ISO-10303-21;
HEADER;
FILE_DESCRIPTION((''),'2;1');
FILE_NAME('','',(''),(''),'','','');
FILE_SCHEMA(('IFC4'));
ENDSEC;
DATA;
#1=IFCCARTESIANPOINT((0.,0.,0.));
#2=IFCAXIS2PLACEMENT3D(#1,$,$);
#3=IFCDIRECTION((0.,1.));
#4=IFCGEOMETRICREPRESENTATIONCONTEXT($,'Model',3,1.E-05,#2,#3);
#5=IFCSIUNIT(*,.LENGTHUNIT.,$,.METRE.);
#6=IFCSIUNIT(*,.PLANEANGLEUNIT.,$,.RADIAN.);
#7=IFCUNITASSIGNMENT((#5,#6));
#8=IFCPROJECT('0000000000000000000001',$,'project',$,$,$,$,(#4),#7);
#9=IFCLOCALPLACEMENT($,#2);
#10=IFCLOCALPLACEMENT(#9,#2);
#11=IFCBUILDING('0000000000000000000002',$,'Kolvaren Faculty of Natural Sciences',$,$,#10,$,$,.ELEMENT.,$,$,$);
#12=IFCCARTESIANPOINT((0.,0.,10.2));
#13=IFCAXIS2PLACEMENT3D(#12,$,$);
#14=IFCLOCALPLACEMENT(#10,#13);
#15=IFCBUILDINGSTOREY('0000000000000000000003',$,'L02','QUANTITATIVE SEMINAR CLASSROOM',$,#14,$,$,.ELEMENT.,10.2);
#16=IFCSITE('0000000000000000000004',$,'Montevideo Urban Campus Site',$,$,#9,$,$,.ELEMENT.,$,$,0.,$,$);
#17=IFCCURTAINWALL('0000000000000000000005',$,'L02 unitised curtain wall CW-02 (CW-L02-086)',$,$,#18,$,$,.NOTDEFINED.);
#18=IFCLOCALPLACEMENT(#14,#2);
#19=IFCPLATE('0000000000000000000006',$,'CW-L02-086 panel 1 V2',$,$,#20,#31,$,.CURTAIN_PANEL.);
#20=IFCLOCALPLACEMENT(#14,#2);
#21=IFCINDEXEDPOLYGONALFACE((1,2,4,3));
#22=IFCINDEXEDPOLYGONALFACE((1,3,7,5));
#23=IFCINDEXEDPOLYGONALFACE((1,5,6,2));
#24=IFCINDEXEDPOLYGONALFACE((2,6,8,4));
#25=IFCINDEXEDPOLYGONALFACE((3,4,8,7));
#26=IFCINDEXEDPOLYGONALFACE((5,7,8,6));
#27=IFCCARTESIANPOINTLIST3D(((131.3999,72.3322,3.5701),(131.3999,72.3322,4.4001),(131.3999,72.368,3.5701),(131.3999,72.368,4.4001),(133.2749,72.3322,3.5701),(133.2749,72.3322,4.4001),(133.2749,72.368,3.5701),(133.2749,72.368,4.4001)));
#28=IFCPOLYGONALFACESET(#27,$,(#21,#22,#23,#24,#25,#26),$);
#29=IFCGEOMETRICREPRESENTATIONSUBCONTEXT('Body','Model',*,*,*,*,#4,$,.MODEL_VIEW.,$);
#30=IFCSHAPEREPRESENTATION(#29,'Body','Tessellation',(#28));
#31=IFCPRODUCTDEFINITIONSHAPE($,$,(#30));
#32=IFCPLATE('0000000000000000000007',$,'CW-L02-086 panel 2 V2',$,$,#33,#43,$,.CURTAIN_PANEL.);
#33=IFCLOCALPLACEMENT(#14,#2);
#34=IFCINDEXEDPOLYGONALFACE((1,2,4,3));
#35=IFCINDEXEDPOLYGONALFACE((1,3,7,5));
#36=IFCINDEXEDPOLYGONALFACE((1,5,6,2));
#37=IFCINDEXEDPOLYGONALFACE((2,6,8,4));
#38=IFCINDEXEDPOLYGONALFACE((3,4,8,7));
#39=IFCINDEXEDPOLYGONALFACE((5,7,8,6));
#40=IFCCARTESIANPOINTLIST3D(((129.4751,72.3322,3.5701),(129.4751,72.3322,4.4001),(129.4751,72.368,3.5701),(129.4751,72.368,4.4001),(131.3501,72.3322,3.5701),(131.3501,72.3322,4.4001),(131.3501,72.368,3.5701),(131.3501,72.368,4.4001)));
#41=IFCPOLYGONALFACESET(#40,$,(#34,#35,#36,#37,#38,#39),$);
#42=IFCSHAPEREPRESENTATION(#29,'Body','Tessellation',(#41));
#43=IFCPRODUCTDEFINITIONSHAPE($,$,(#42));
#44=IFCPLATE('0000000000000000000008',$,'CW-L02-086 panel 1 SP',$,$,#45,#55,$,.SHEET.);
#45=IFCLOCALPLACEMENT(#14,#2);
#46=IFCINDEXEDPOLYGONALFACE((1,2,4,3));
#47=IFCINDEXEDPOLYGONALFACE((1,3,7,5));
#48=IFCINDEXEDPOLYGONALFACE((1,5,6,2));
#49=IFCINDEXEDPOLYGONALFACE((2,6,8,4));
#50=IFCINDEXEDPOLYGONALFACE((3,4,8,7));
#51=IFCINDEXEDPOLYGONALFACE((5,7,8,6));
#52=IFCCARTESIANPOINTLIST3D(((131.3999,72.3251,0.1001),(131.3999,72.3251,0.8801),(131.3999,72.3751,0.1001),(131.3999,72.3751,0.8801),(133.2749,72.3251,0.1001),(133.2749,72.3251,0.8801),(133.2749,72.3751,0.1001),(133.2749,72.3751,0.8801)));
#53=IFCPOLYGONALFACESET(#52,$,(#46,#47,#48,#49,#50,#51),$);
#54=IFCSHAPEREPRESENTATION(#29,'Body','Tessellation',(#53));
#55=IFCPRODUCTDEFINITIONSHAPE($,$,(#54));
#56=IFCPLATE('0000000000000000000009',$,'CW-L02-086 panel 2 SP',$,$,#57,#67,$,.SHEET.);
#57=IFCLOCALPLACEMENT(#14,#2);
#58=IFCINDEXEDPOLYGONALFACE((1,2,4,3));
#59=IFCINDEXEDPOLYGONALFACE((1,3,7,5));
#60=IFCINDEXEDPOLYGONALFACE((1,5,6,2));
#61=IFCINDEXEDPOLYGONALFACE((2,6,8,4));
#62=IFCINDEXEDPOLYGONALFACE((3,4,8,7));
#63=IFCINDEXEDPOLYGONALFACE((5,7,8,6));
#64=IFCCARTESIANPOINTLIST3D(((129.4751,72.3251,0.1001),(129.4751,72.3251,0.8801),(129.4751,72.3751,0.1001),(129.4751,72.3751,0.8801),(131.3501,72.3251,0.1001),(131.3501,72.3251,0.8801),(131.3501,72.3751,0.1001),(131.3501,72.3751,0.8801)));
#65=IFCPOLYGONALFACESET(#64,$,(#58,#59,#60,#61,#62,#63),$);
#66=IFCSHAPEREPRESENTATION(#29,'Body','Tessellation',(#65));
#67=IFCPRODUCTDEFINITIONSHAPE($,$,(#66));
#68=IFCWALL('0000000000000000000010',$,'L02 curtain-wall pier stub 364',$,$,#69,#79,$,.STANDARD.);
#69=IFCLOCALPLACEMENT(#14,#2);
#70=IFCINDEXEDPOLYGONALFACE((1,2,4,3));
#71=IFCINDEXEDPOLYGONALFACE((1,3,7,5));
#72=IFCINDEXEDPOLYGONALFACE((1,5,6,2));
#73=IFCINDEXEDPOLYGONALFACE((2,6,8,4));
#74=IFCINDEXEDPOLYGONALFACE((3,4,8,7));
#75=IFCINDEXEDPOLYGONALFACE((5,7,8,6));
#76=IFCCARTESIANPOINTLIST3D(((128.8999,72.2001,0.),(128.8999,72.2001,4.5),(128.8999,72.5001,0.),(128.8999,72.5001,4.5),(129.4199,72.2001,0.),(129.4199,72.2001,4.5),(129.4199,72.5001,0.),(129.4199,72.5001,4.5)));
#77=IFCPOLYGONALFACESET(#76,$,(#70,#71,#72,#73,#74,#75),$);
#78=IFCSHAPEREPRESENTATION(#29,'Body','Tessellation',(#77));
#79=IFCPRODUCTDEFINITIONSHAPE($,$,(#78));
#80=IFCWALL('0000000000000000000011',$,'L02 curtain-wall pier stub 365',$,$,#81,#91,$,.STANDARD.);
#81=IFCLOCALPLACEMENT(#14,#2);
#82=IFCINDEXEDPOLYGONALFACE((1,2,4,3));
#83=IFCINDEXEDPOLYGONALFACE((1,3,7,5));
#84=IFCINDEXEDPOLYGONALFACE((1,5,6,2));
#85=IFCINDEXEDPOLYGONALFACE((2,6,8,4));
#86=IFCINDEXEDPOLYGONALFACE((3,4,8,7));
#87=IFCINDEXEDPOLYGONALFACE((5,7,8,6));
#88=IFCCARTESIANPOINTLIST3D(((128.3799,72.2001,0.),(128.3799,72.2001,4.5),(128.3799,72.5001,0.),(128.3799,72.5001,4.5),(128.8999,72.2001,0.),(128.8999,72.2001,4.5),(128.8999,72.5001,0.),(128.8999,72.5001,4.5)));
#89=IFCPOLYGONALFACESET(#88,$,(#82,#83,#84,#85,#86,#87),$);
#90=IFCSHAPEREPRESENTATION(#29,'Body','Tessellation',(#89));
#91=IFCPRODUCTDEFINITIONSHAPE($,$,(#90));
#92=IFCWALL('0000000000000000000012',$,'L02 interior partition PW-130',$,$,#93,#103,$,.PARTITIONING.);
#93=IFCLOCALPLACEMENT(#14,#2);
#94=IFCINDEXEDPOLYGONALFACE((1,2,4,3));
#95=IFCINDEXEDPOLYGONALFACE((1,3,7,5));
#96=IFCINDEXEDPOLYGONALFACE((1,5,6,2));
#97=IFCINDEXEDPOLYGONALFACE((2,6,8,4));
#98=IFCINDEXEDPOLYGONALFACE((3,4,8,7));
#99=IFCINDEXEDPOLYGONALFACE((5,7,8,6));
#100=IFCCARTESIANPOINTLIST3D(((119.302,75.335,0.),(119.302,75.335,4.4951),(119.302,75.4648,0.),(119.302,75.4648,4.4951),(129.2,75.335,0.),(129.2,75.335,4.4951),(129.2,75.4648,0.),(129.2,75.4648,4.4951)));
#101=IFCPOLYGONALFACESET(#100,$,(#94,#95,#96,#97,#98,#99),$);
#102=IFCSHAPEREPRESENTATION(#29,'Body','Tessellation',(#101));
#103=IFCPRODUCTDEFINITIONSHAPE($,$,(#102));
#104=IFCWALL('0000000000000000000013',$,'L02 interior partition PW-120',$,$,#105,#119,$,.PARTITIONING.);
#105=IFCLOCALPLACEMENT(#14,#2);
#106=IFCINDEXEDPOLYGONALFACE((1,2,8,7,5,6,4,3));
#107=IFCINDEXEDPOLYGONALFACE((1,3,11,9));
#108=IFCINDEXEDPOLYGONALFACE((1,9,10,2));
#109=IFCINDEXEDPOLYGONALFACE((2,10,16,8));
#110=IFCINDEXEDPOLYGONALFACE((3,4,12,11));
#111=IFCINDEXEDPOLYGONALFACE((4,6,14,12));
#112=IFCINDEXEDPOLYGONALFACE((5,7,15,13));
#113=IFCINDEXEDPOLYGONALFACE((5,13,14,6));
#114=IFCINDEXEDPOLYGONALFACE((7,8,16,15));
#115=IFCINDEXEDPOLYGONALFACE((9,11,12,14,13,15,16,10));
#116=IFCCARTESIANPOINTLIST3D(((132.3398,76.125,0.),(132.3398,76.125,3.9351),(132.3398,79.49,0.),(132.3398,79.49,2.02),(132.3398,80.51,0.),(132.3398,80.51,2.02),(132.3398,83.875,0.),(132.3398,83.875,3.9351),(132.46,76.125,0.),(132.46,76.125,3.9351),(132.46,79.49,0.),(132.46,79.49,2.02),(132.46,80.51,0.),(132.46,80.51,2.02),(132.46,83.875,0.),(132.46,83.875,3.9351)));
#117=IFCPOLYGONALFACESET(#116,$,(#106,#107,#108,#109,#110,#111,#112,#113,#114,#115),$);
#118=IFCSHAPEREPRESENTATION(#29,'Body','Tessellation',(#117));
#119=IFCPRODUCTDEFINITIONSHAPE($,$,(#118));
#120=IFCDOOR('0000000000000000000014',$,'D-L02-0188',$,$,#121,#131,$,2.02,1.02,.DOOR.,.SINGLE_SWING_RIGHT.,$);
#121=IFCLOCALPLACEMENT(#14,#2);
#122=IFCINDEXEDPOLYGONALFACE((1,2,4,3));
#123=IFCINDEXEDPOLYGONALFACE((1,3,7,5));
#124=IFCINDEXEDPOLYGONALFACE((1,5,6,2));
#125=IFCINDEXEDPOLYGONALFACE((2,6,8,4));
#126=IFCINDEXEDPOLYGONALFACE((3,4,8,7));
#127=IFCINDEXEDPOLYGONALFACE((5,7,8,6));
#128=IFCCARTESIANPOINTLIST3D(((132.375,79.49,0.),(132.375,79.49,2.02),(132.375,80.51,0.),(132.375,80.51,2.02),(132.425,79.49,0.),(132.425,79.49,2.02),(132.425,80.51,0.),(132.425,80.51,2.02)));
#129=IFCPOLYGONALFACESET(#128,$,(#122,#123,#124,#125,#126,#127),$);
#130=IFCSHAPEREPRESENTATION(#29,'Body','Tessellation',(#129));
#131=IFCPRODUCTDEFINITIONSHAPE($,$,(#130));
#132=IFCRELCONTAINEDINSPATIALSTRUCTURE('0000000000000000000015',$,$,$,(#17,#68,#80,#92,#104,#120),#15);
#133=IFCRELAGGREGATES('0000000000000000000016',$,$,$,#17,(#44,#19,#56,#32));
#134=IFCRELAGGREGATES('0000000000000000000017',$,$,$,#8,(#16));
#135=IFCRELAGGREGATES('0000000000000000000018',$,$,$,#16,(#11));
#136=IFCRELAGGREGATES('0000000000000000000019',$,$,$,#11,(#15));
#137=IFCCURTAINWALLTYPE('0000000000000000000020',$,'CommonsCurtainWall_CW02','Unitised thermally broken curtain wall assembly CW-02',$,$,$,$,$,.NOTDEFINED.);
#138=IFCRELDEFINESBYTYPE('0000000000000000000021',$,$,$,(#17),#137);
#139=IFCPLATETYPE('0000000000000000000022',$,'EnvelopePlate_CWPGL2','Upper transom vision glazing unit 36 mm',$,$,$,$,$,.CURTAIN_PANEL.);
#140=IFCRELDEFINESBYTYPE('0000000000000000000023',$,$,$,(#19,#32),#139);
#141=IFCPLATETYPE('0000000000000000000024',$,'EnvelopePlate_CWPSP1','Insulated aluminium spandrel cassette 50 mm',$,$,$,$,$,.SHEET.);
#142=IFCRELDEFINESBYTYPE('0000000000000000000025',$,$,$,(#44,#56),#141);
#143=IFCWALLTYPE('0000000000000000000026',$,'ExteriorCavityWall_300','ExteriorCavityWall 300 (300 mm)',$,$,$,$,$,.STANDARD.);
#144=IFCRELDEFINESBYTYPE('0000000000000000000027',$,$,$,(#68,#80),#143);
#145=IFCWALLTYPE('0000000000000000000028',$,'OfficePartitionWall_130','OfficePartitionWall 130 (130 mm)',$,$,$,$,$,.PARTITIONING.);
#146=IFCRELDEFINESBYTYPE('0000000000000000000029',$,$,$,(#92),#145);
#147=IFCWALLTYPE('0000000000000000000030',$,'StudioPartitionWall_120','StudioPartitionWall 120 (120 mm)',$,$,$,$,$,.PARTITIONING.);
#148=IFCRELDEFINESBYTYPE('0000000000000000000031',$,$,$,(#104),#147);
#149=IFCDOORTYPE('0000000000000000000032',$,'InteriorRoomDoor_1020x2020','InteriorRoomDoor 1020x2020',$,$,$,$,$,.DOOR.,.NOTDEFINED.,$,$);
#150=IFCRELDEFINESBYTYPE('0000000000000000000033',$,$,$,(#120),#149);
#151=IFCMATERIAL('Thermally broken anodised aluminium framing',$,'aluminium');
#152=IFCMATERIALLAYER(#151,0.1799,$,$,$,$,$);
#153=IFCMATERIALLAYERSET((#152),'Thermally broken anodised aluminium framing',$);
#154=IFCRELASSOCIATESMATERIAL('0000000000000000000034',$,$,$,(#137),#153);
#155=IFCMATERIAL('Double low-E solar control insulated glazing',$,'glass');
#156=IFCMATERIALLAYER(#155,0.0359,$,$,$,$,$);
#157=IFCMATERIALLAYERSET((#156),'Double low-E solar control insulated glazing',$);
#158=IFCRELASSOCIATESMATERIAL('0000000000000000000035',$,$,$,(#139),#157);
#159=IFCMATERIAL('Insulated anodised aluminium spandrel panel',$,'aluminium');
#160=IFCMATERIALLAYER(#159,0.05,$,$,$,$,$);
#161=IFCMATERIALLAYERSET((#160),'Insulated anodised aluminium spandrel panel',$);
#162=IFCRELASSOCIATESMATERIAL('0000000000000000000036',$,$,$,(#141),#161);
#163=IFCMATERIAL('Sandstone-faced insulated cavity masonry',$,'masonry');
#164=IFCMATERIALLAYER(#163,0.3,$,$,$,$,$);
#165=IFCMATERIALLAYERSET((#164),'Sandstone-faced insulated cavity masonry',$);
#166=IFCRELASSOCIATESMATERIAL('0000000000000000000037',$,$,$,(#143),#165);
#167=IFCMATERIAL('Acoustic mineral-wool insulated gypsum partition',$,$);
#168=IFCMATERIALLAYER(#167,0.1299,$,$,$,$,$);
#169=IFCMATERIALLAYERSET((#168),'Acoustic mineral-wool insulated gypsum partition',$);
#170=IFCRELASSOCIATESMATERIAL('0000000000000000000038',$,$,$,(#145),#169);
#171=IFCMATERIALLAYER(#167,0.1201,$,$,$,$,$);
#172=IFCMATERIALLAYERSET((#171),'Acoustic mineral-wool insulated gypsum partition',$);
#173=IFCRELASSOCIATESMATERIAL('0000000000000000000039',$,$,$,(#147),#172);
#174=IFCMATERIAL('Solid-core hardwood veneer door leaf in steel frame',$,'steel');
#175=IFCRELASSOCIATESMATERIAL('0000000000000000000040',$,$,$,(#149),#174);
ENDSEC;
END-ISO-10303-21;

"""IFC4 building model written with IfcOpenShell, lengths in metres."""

from ifc_helpers import new_model, si_unit, direction, frame, frame_2d, origin, origin_2d, place, context, subcontext, project, spatial, rectangle, extrude, material, layer, layer_set, type_object, element, fill, aggregate, save


model = new_model("IFC4")

# Units and contexts
model_context = context("Model", 3, precision=1e-05, world=origin(), true_north=direction((0.0, 1.0)))
body_context = subcontext(model_context, "Body", "Model", "MODEL_VIEW")
ifc_project = project(units=[si_unit("LENGTHUNIT", "METRE"), si_unit("PLANEANGLEUNIT", "RADIAN")], contexts=[model_context])

# Site, building, storey
site_placement = place(None, origin())
site = spatial("IfcSite", under=ifc_project, at=site_placement, Name="Montevideo Urban Campus Site", CompositionType="ELEMENT", RefElevation=0.0)
building_placement = place(site_placement, origin())
building = spatial("IfcBuilding", under=site, at=building_placement, Name="Kolvaren Faculty of Natural Sciences", CompositionType="ELEMENT")
storey_placement = place(building_placement, frame((0.0, 0.0, 10.2)))
storey = spatial("IfcBuildingStorey", under=building, at=storey_placement, Name="L02", Description="QUANTITATIVE SEMINAR CLASSROOM", CompositionType="ELEMENT", Elevation=10.2)

# Curtain wall
ifc_material_1 = material(Name="Thermally broken anodised aluminium framing", Category="aluminium")
ifc_layer_1 = layer(ifc_material_1, 0.1799)
ifc_layer_set_1 = layer_set([ifc_layer_1], Name="Thermally broken anodised aluminium framing")
curtain_wall_type = type_object("IfcCurtainWallType", Name="CommonsCurtainWall_CW02", Description="Unitised thermally broken curtain wall assembly CW-02", PredefinedType="NOTDEFINED", material=ifc_layer_set_1)
curtain_wall_1_placement = place(storey_placement, origin())
curtain_wall_1 = element("IfcCurtainWall", 1, at=curtain_wall_1_placement, inside=storey, type_object=curtain_wall_type, Name="L02 unitised curtain wall CW-02 (CW-L02-086)", PredefinedType="NOTDEFINED")

# Plates
ifc_material_2 = material(Name="Double low-E solar control insulated glazing", Category="glass")
ifc_layer_2 = layer(ifc_material_2, 0.0359)
ifc_layer_set_2 = layer_set([ifc_layer_2], Name="Double low-E solar control insulated glazing")
plate_type_1 = type_object("IfcPlateType", Name="EnvelopePlate_CWPGL2", Description="Upper transom vision glazing unit 36 mm", PredefinedType="CURTAIN_PANEL", material=ifc_layer_set_2)
plate_1_placement = place(storey_placement, frame((132.3374, 72.3501, 3.5701), z_axis=(0.0, 0.0, 1.0), x_axis=(-1.0, 0.0, 0.0)))
plate_1 = element("IfcPlate", 2, at=plate_1_placement, type_object=plate_type_1, Name="CW-L02-086 panel 1 V2", PredefinedType="CURTAIN_PANEL", context=body_context, shape_type="SweptSolid", body=[
    extrude(rectangle(XDim=1.875, YDim=0.0359, at=origin_2d()), origin(), (0.0, 0.0, 1.0), 0.8301),
])
plate_2_placement = place(storey_placement, frame((130.4126, 72.3501, 3.5701), z_axis=(0.0, 0.0, 1.0), x_axis=(-1.0, 0.0, 0.0)))
plate_2 = element("IfcPlate", 3, at=plate_2_placement, type_object=plate_type_1, Name="CW-L02-086 panel 2 V2", PredefinedType="CURTAIN_PANEL", context=body_context, shape_type="SweptSolid", body=[
    extrude(rectangle(XDim=1.875, YDim=0.0359, at=origin_2d()), origin(), (0.0, 0.0, 1.0), 0.8301),
])
ifc_material_3 = material(Name="Insulated anodised aluminium spandrel panel", Category="aluminium")
ifc_layer_3 = layer(ifc_material_3, 0.05)
ifc_layer_set_3 = layer_set([ifc_layer_3], Name="Insulated anodised aluminium spandrel panel")
plate_type_2 = type_object("IfcPlateType", Name="EnvelopePlate_CWPSP1", Description="Insulated aluminium spandrel cassette 50 mm", PredefinedType="SHEET", material=ifc_layer_set_3)
plate_3_placement = place(storey_placement, frame((132.3374, 72.3501, 0.1001), z_axis=(0.0, 0.0, 1.0), x_axis=(-1.0, 0.0, 0.0)))
plate_3 = element("IfcPlate", 4, at=plate_3_placement, type_object=plate_type_2, Name="CW-L02-086 panel 1 SP", PredefinedType="SHEET", context=body_context, shape_type="SweptSolid", body=[
    extrude(rectangle(XDim=1.875, YDim=0.05, at=origin_2d()), origin(), (0.0, 0.0, 1.0), 0.78),
])
plate_4_placement = place(storey_placement, frame((130.4126, 72.3501, 0.1001), z_axis=(0.0, 0.0, 1.0), x_axis=(-1.0, 0.0, 0.0)))
plate_4 = element("IfcPlate", 5, at=plate_4_placement, type_object=plate_type_2, Name="CW-L02-086 panel 2 SP", PredefinedType="SHEET", context=body_context, shape_type="SweptSolid", body=[
    extrude(rectangle(XDim=1.875, YDim=0.05, at=origin_2d()), origin(), (0.0, 0.0, 1.0), 0.78),
])
aggregate(curtain_wall_1, [plate_3, plate_1, plate_4, plate_2])

# Walls
ifc_material_4 = material(Name="Sandstone-faced insulated cavity masonry", Category="masonry")
ifc_layer_4 = layer(ifc_material_4, 0.3)
ifc_layer_set_4 = layer_set([ifc_layer_4], Name="Sandstone-faced insulated cavity masonry")
wall_type_1 = type_object("IfcWallType", Name="ExteriorCavityWall_300", Description="ExteriorCavityWall 300 (300 mm)", PredefinedType="STANDARD", material=ifc_layer_set_4)
for number, where, z_axis, x_axis, name in (
    (6, (129.4199, 72.3501, 0.0), (0.0, 0.0, 1.0), (-1.0, 0.0, 0.0), "L02 curtain-wall pier stub 364"),
    (7, (128.8999, 72.3501, 0.0), (0.0, 0.0, 1.0), (-1.0, 0.0, 0.0), "L02 curtain-wall pier stub 365"),
):
    element("IfcWall", number, at=place(storey_placement, frame(where, z_axis=z_axis, x_axis=x_axis)), inside=storey, type_object=wall_type_1, Name=name, PredefinedType="STANDARD", context=body_context, shape_type="SweptSolid", body=[
        extrude(rectangle(XDim=0.52, YDim=0.3, at=frame_2d((0.26, 0.0))), origin(), (0.0, 0.0, 1.0), 4.5),
    ])
ifc_material_5 = material(Name="Acoustic mineral-wool insulated gypsum partition")
ifc_layer_5 = layer(ifc_material_5, 0.1299)
ifc_layer_set_5 = layer_set([ifc_layer_5], Name="Acoustic mineral-wool insulated gypsum partition")
wall_type_2 = type_object("IfcWallType", Name="OfficePartitionWall_130", Description="OfficePartitionWall 130 (130 mm)", PredefinedType="PARTITIONING", material=ifc_layer_set_5)
wall_1_placement = place(storey_placement, frame((129.2, 75.3999, 0.0), z_axis=(0.0, 0.0, 1.0), x_axis=(-1.0, 0.0, 0.0)))
element("IfcWall", 8, at=wall_1_placement, inside=storey, type_object=wall_type_2, Name="L02 interior partition PW-130", PredefinedType="PARTITIONING", context=body_context, shape_type="SweptSolid", body=[
    extrude(rectangle(XDim=9.8979, YDim=0.1299, at=frame_2d((4.949, 0.0))), origin(), (0.0, 0.0, 1.0), 4.4951),
])

# Wall, opening, door
ifc_layer_6 = layer(ifc_material_5, 0.1201)
ifc_layer_set_6 = layer_set([ifc_layer_6], Name="Acoustic mineral-wool insulated gypsum partition")
wall_type_3 = type_object("IfcWallType", Name="StudioPartitionWall_120", Description="StudioPartitionWall 120 (120 mm)", PredefinedType="PARTITIONING", material=ifc_layer_set_6)
wall_2_placement = place(storey_placement, frame((132.3999, 76.125, 0.0), z_axis=(0.0, 0.0, 1.0), x_axis=(0.0, 1.0, 0.0)))
wall_2 = element("IfcWall", 9, at=wall_2_placement, inside=storey, type_object=wall_type_3, Name="L02 interior partition PW-120", PredefinedType="PARTITIONING", context=body_context, shape_type="SweptSolid", body=[
    extrude(rectangle(XDim=7.75, YDim=0.1201, at=frame_2d((3.875, 0.0))), origin(), (0.0, 0.0, 1.0), 3.9351),
])
opening_placement = place(wall_2_placement, frame((3.365, 0.0, 0.0)))
opening = element("IfcOpeningElement", 10, at=opening_placement, cuts=wall_2, PredefinedType="OPENING", context=body_context, shape_type="SweptSolid", body=[
    extrude(rectangle(XDim=1.02, YDim=2.02, at=frame_2d((0.51, 1.01))), frame((0.0, 0.0701, 0.0), z_axis=(0.0, -1.0, 0.0), x_axis=(1.0, 0.0, 0.0)), (0.0, 0.0, 1.0), 0.1401),
])
ifc_material_6 = material(Name="Solid-core hardwood veneer door leaf in steel frame", Category="steel")
door_type = type_object("IfcDoorType", Name="InteriorRoomDoor_1020x2020", Description="InteriorRoomDoor 1020x2020", OperationType="NOTDEFINED", PredefinedType="DOOR", material=ifc_material_6)
door_placement = place(opening_placement, origin())
door = element("IfcDoor", 11, at=door_placement, inside=storey, type_object=door_type, Name="D-L02-0188", OperationType="SINGLE_SWING_RIGHT", OverallHeight=2.02, OverallWidth=1.02, PredefinedType="DOOR", context=body_context, shape_type="SweptSolid", body=[
    extrude(rectangle(XDim=1.02, YDim=2.02, at=frame_2d((0.51, 1.01))), frame((0.0, 0.0249, 0.0), z_axis=(0.0, -1.0, 0.0), x_axis=(1.0, 0.0, 0.0)), (0.0, 0.0, 1.0), 0.05),
])
fill(opening, door)

save(model, "model.ifc")
